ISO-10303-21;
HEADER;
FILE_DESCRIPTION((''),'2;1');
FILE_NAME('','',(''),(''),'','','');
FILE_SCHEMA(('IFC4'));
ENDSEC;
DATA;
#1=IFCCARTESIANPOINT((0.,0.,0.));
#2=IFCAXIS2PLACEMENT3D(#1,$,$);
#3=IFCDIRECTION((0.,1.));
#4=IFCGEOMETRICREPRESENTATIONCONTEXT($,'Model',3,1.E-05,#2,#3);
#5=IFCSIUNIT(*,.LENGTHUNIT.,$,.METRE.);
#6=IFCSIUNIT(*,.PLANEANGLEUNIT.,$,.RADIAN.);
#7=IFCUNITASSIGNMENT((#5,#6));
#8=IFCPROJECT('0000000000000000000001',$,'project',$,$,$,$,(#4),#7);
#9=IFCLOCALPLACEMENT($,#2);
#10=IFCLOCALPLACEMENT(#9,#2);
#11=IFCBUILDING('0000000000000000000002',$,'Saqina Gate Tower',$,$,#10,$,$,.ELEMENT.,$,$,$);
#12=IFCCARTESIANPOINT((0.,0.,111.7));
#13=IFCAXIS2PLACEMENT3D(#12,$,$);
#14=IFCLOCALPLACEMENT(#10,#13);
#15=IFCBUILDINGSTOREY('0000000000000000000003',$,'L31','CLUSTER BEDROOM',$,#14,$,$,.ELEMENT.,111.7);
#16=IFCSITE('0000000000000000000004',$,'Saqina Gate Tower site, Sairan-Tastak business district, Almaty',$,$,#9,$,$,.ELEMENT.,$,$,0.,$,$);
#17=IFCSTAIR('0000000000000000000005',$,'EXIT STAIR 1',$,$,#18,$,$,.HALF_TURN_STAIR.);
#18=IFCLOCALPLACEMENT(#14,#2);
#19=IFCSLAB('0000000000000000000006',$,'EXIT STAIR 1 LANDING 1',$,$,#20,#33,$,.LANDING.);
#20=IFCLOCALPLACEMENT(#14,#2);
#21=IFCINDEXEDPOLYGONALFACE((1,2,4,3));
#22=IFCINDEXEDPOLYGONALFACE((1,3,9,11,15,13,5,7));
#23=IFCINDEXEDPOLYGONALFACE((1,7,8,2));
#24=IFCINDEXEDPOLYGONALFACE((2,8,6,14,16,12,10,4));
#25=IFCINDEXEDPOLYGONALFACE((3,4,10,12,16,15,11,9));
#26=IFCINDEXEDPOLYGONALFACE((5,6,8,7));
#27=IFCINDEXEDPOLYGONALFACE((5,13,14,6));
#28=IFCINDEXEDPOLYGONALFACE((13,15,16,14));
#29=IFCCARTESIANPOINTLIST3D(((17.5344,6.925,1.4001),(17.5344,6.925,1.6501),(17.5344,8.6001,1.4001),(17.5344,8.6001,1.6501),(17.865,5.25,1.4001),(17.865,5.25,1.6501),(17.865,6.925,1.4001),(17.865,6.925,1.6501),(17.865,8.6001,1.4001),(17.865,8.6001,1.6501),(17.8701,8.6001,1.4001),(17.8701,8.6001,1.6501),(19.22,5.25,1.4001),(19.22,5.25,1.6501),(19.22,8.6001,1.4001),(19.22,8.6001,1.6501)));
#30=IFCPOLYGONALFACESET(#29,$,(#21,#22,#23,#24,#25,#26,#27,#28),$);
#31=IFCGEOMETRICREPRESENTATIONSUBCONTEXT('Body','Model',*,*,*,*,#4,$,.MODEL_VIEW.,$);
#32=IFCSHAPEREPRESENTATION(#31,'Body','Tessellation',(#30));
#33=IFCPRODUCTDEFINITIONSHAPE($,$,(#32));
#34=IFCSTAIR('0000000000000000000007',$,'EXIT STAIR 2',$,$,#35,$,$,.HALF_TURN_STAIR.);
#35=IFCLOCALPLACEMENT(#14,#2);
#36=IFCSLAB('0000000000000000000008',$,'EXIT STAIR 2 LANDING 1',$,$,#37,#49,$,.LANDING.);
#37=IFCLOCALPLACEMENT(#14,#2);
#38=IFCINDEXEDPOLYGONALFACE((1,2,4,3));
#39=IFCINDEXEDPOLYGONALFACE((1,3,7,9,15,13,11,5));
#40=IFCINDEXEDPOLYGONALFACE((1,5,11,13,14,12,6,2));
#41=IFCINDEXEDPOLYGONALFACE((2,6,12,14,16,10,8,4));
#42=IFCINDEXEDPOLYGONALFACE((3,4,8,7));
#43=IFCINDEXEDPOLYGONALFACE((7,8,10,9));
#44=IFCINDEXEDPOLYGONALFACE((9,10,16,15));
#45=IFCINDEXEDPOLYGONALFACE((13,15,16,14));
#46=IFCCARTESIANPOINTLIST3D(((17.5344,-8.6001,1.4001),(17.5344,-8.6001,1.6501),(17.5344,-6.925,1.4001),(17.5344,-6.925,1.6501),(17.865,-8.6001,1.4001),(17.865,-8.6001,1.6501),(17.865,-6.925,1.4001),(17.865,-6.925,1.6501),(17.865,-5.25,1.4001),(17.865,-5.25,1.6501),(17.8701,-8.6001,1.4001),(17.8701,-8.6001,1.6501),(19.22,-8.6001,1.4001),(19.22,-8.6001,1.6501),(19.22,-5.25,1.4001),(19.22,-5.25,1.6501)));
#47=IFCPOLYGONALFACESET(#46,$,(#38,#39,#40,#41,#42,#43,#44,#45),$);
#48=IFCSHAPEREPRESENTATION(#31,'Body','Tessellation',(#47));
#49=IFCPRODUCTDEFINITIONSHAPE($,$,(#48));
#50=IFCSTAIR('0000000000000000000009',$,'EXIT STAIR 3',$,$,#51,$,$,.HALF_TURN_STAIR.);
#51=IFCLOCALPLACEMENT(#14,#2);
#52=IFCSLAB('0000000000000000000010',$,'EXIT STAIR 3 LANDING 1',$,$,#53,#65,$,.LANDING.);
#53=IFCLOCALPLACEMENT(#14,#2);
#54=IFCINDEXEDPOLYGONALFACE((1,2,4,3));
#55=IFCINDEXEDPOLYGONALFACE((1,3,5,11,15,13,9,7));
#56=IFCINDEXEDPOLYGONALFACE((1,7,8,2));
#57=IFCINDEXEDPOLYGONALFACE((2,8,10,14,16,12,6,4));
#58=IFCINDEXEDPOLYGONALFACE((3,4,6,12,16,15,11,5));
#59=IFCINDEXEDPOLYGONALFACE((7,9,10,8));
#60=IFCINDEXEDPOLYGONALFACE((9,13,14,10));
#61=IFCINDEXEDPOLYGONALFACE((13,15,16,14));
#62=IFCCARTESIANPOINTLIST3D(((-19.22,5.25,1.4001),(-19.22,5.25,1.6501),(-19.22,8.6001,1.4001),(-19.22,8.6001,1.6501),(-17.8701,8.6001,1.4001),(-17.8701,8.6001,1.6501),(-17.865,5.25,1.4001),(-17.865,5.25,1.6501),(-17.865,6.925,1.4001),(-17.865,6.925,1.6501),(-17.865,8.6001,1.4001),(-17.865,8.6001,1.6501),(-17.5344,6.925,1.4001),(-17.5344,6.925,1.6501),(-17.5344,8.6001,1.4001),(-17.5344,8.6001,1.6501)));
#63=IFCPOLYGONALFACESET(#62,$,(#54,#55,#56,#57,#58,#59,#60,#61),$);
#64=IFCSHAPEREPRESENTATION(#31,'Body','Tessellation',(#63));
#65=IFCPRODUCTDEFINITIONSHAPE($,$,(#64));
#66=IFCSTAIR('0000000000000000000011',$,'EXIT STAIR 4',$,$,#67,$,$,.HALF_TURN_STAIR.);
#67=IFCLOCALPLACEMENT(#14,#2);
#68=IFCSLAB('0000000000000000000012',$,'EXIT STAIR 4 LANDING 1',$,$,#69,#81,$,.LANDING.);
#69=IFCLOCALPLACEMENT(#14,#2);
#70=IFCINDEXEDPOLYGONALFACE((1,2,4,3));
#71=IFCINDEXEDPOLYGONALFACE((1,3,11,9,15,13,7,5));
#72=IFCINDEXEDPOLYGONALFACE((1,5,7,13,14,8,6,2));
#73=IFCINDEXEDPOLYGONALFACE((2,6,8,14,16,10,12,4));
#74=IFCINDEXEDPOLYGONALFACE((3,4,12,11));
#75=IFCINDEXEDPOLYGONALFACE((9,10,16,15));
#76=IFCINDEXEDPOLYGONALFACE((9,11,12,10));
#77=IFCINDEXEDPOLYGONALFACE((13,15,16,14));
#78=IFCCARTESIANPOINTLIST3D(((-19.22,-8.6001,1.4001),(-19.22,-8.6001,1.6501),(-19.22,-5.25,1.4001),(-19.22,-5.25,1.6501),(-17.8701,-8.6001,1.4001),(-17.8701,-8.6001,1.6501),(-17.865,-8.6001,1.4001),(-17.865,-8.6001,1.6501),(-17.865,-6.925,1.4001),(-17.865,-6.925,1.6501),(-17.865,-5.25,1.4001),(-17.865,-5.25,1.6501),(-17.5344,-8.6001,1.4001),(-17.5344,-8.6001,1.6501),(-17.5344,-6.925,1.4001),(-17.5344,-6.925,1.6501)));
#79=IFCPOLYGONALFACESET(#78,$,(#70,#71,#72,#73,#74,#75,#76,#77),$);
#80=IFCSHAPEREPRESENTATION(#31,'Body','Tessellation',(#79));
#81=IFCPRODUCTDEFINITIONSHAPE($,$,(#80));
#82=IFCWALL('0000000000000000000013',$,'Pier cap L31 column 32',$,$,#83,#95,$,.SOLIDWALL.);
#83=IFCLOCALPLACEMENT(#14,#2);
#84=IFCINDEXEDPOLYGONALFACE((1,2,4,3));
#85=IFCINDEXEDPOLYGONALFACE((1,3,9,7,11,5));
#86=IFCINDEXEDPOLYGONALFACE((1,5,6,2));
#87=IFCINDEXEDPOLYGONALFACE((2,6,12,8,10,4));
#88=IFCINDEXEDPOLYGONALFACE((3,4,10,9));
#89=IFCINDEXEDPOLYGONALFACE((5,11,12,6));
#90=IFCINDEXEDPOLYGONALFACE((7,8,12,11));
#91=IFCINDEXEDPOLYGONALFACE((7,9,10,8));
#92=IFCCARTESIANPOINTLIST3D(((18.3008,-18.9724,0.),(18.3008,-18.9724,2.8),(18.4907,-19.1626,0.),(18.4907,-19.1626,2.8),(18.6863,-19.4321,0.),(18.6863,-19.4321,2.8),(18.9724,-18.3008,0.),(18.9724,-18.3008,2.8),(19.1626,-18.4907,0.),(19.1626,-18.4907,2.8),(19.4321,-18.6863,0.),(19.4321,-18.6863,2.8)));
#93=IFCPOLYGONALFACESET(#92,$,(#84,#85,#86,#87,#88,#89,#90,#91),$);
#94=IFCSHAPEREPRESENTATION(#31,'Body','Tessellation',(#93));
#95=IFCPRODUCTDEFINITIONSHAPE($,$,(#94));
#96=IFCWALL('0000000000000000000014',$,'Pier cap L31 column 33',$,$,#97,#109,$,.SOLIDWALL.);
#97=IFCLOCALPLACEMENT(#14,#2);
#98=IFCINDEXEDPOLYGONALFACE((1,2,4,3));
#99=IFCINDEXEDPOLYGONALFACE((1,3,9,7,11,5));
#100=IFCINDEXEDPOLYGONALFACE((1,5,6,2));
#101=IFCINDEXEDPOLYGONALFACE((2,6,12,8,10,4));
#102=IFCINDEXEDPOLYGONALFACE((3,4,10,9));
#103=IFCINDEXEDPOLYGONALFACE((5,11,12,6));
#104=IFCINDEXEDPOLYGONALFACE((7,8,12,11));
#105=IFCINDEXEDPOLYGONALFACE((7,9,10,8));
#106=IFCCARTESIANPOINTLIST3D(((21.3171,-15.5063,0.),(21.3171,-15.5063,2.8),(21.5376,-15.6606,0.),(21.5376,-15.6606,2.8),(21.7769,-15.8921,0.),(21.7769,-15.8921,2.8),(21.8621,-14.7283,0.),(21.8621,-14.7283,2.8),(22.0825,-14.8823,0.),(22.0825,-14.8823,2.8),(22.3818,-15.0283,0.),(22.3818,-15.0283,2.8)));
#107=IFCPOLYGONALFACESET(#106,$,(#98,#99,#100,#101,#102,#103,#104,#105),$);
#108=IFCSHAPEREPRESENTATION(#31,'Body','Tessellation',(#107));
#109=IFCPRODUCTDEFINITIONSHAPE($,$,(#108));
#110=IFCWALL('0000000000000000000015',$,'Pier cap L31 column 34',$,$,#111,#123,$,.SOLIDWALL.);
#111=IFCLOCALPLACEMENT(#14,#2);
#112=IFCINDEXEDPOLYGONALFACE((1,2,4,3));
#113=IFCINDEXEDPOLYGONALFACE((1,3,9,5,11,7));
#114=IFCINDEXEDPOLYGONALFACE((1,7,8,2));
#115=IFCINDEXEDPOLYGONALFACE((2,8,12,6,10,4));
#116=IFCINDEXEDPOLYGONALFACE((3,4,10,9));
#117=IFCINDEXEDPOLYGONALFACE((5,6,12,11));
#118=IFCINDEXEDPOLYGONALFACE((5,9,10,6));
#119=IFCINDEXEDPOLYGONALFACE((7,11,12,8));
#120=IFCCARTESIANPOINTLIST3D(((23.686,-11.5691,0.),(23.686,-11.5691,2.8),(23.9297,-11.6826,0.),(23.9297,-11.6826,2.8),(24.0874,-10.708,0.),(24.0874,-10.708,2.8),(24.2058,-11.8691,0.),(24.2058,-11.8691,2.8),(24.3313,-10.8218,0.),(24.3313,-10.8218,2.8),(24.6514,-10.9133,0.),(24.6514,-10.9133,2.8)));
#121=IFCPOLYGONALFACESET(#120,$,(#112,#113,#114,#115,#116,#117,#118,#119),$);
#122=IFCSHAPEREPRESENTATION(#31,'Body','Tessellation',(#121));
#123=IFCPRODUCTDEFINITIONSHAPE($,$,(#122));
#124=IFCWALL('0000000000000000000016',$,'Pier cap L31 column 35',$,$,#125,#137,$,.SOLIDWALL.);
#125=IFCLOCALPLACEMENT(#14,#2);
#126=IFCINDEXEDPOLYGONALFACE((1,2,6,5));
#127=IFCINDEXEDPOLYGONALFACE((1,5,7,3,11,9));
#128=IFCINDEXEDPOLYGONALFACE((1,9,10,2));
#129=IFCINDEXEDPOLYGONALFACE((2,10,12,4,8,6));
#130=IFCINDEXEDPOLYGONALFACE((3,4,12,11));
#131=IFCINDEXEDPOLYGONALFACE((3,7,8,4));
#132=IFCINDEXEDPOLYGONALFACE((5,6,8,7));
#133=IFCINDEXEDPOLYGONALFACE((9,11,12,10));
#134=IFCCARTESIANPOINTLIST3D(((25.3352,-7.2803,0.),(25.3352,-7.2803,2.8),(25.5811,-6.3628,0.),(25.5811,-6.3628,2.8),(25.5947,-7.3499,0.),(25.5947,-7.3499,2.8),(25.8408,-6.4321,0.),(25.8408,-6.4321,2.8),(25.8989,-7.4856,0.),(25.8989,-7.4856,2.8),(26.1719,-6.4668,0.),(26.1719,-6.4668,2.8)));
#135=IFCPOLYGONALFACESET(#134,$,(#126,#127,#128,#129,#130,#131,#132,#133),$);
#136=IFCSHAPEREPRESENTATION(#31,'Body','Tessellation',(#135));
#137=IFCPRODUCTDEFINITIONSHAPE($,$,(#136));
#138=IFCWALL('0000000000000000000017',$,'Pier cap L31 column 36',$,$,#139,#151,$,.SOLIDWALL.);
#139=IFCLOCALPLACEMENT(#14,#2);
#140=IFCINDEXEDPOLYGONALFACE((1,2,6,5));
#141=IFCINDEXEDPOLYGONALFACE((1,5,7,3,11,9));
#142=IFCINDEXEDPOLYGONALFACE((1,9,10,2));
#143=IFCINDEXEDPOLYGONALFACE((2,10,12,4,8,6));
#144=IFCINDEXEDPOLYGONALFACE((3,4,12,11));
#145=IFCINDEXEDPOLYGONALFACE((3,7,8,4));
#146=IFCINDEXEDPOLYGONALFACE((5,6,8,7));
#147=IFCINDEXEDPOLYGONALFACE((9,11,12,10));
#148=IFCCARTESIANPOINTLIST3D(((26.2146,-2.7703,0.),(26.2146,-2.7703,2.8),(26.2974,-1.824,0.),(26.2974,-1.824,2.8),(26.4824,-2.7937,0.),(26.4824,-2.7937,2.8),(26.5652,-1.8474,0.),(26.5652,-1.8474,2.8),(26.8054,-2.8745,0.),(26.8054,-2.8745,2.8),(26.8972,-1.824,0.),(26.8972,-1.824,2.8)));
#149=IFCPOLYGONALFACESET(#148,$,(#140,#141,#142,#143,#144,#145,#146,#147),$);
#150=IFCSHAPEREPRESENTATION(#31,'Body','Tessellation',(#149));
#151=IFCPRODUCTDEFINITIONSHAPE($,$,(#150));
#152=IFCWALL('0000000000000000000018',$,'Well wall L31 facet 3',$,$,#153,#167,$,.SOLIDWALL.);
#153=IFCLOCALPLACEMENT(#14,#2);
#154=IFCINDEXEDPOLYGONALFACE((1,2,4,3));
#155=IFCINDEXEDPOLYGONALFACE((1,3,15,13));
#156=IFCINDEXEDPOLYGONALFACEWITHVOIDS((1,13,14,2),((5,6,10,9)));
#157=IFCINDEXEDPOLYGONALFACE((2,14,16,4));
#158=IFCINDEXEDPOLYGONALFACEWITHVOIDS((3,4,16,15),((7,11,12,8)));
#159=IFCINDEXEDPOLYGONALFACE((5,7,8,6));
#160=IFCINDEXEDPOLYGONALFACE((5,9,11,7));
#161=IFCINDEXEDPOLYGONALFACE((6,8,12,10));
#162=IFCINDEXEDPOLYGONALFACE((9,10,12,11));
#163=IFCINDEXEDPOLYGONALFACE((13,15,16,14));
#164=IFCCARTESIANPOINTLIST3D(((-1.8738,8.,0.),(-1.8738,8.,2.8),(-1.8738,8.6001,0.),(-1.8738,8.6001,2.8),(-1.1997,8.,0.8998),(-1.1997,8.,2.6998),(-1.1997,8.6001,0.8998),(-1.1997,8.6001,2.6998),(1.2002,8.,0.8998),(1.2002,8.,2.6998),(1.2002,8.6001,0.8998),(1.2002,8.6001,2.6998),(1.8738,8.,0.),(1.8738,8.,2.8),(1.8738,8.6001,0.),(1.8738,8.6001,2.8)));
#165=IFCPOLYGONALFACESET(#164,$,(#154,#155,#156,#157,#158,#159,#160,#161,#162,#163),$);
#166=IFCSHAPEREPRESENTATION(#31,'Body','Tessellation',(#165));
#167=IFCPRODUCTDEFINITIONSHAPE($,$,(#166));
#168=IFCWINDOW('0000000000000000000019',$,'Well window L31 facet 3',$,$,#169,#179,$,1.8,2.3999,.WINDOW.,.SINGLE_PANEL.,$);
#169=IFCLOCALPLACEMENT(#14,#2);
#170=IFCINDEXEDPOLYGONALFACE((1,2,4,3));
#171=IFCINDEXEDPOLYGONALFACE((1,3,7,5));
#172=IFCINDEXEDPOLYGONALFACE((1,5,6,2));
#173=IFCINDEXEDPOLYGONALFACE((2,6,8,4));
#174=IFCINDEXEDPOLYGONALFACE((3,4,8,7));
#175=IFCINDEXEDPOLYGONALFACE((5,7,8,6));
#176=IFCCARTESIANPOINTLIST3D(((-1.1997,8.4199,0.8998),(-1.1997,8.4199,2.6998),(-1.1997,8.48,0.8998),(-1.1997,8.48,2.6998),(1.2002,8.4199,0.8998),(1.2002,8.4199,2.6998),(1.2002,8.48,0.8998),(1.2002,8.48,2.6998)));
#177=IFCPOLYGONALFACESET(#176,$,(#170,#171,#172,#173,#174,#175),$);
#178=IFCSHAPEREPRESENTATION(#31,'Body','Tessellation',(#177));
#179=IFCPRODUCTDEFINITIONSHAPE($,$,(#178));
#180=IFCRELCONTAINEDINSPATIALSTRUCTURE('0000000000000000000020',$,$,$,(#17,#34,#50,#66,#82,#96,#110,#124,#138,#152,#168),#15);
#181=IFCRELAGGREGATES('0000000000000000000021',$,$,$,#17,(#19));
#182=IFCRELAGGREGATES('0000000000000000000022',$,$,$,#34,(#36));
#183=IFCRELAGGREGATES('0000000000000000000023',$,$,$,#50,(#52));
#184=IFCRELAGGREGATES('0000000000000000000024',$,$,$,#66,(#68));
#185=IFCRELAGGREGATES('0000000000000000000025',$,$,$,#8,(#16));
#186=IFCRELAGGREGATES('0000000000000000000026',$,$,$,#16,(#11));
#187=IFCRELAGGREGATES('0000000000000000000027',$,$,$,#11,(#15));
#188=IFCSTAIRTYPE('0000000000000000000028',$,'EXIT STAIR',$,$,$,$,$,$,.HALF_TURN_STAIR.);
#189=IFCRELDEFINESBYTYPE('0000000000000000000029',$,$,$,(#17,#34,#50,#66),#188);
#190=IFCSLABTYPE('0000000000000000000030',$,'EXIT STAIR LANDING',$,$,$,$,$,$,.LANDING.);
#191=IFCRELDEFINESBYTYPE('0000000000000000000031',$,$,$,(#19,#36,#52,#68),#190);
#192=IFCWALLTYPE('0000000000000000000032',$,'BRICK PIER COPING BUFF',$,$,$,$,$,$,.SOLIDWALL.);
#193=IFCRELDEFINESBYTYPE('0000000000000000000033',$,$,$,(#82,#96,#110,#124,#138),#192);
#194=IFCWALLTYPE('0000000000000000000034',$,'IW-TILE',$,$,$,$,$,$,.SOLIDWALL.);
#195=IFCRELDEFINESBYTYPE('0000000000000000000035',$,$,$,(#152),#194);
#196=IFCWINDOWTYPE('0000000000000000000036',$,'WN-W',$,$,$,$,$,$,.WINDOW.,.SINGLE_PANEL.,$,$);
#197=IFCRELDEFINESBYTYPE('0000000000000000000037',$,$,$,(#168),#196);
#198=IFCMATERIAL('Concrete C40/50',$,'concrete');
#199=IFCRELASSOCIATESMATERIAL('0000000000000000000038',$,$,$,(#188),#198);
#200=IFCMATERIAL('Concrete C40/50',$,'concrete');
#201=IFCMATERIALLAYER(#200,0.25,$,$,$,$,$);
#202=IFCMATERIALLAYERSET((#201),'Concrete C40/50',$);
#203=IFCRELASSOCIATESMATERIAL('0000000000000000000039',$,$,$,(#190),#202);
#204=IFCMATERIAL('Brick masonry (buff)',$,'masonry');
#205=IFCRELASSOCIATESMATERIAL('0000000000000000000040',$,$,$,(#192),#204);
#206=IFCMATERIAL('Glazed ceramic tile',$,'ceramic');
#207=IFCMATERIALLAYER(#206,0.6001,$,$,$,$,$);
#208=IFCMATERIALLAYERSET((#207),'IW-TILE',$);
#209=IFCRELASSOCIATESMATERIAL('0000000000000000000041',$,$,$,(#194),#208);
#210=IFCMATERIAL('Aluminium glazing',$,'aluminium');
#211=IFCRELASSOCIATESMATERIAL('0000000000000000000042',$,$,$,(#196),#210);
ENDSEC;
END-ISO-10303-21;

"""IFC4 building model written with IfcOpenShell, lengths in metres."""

from ifc_helpers import new_model, si_unit, direction, frame, frame_2d, origin, place, context, subcontext, project, spatial, polyline, rectangle, outline, extrude, material, layer, layer_set, type_object, element, fill, aggregate, save


model = new_model("IFC4")

# Units and contexts
model_context = context("Model", 3, precision=1e-05, world=origin(), true_north=direction((0.0, 1.0)))
body_context = subcontext(model_context, "Body", "Model", "MODEL_VIEW")
ifc_project = project(units=[si_unit("LENGTHUNIT", "METRE"), si_unit("PLANEANGLEUNIT", "RADIAN")], contexts=[model_context])

# Site, building, storey
site_placement = place(None, origin())
site = spatial("IfcSite", under=ifc_project, at=site_placement, Name="Saqina Gate Tower site, Sairan-Tastak business district, Almaty", CompositionType="ELEMENT", RefElevation=0.0)
building_placement = place(site_placement, origin())
building = spatial("IfcBuilding", under=site, at=building_placement, Name="Saqina Gate Tower", CompositionType="ELEMENT")
storey_placement = place(building_placement, frame((0.0, 0.0, 111.7)))
storey = spatial("IfcBuildingStorey", under=building, at=storey_placement, Name="L31", Description="CLUSTER BEDROOM", CompositionType="ELEMENT", Elevation=111.7)

# Stairs, slabs
ifc_material_1 = material(Name="Concrete C40/50", Category="concrete")
stair_type = type_object("IfcStairType", Name="EXIT STAIR", PredefinedType="HALF_TURN_STAIR", material=ifc_material_1)
stair_1_placement = place(storey_placement, origin())
stair_1 = element("IfcStair", 1, at=stair_1_placement, inside=storey, type_object=stair_type, Name="EXIT STAIR 1", PredefinedType="HALF_TURN_STAIR")
ifc_material_2 = material(Name="Concrete C40/50", Category="concrete")
ifc_layer_1 = layer(ifc_material_2, 0.25)
ifc_layer_set_1 = layer_set([ifc_layer_1], Name="Concrete C40/50")
slab_type = type_object("IfcSlabType", Name="EXIT STAIR LANDING", PredefinedType="LANDING", material=ifc_layer_set_1)
slab_1_placement = place(storey_placement, frame((0.0, 0.0, 1.4001)))
slab_1 = element("IfcSlab", 2, at=slab_1_placement, type_object=slab_type, Name="EXIT STAIR 1 LANDING 1", PredefinedType="LANDING", context=body_context, shape_type="SweptSolid", body=[
    extrude(outline(polyline([(19.22, 8.6001), (19.22, 5.25), (17.865, 5.25), (17.865, 6.925), (17.5344, 6.925), (17.5344, 8.6001), (17.865, 8.6001), (17.8701, 8.6001), (19.22, 8.6001)])), origin(), (0.0, 0.0, 1.0), 0.25),
])
aggregate(stair_1, [slab_1])
stair_2_placement = place(storey_placement, origin())
stair_2 = element("IfcStair", 3, at=stair_2_placement, inside=storey, type_object=stair_type, Name="EXIT STAIR 2", PredefinedType="HALF_TURN_STAIR")
slab_2_placement = place(storey_placement, frame((0.0, 0.0, 1.4001)))
slab_2 = element("IfcSlab", 4, at=slab_2_placement, type_object=slab_type, Name="EXIT STAIR 2 LANDING 1", PredefinedType="LANDING", context=body_context, shape_type="SweptSolid", body=[
    extrude(outline(polyline([(17.5344, -8.6001), (17.5344, -6.925), (17.865, -6.925), (17.865, -5.25), (19.22, -5.25), (19.22, -8.6001), (17.8701, -8.6001), (17.865, -8.6001), (17.5344, -8.6001)])), origin(), (0.0, 0.0, 1.0), 0.25),
])
aggregate(stair_2, [slab_2])
stair_3_placement = place(storey_placement, origin())
stair_3 = element("IfcStair", 5, at=stair_3_placement, inside=storey, type_object=stair_type, Name="EXIT STAIR 3", PredefinedType="HALF_TURN_STAIR")
slab_3_placement = place(storey_placement, frame((0.0, 0.0, 1.4001)))
slab_3 = element("IfcSlab", 6, at=slab_3_placement, type_object=slab_type, Name="EXIT STAIR 3 LANDING 1", PredefinedType="LANDING", context=body_context, shape_type="SweptSolid", body=[
    extrude(outline(polyline([(-17.865, 5.25), (-19.22, 5.25), (-19.22, 8.6001), (-17.8701, 8.6001), (-17.865, 8.6001), (-17.5344, 8.6001), (-17.5344, 6.925), (-17.865, 6.925), (-17.865, 5.25)])), origin(), (0.0, 0.0, 1.0), 0.25),
])
aggregate(stair_3, [slab_3])
stair_4_placement = place(storey_placement, origin())
stair_4 = element("IfcStair", 7, at=stair_4_placement, inside=storey, type_object=stair_type, Name="EXIT STAIR 4", PredefinedType="HALF_TURN_STAIR")
slab_4_placement = place(storey_placement, frame((0.0, 0.0, 1.4001)))
slab_4 = element("IfcSlab", 8, at=slab_4_placement, type_object=slab_type, Name="EXIT STAIR 4 LANDING 1", PredefinedType="LANDING", context=body_context, shape_type="SweptSolid", body=[
    extrude(outline(polyline([(-17.5344, -6.925), (-17.5344, -8.6001), (-17.865, -8.6001), (-17.8701, -8.6001), (-19.22, -8.6001), (-19.22, -5.25), (-17.865, -5.25), (-17.865, -6.925), (-17.5344, -6.925)])), origin(), (0.0, 0.0, 1.0), 0.25),
])
aggregate(stair_4, [slab_4])

# Walls
ifc_material_3 = material(Name="Brick masonry (buff)", Category="masonry")
wall_type_1 = type_object("IfcWallType", Name="BRICK PIER COPING BUFF", PredefinedType="SOLIDWALL", material=ifc_material_3)
wall_1_placement = place(storey_placement, origin())
element("IfcWall", 9, at=wall_1_placement, inside=storey, type_object=wall_type_1, Name="Pier cap L31 column 32", PredefinedType="SOLIDWALL", context=body_context, shape_type="SweptSolid", body=[
    extrude(outline(polyline([(18.6863, -19.4321), (19.4321, -18.6863), (18.9724, -18.3008), (19.1626, -18.4907), (18.4907, -19.1626), (18.3008, -18.9724), (18.6863, -19.4321)])), origin(), (0.0, 0.0, 1.0), 2.8),
])
wall_2_placement = place(storey_placement, origin())
element("IfcWall", 10, at=wall_2_placement, inside=storey, type_object=wall_type_1, Name="Pier cap L31 column 33", PredefinedType="SOLIDWALL", context=body_context, shape_type="SweptSolid", body=[
    extrude(outline(polyline([(22.3818, -15.0283), (21.8621, -14.7283), (22.0825, -14.8823), (21.5376, -15.6606), (21.3171, -15.5063), (21.7769, -15.8921), (22.3818, -15.0283)])), origin(), (0.0, 0.0, 1.0), 2.8),
])
wall_3_placement = place(storey_placement, origin())
element("IfcWall", 11, at=wall_3_placement, inside=storey, type_object=wall_type_1, Name="Pier cap L31 column 34", PredefinedType="SOLIDWALL", context=body_context, shape_type="SweptSolid", body=[
    extrude(outline(polyline([(24.6514, -10.9133), (24.0874, -10.708), (24.3313, -10.8218), (23.9297, -11.6826), (23.686, -11.5691), (24.2058, -11.8691), (24.6514, -10.9133)])), origin(), (0.0, 0.0, 1.0), 2.8),
])
wall_4_placement = place(storey_placement, origin())
element("IfcWall", 12, at=wall_4_placement, inside=storey, type_object=wall_type_1, Name="Pier cap L31 column 35", PredefinedType="SOLIDWALL", context=body_context, shape_type="SweptSolid", body=[
    extrude(outline(polyline([(25.8989, -7.4856), (26.1719, -6.4668), (25.5811, -6.3628), (25.8408, -6.4321), (25.5947, -7.3499), (25.3352, -7.2803), (25.8989, -7.4856)])), origin(), (0.0, 0.0, 1.0), 2.8),
])
wall_5_placement = place(storey_placement, origin())
element("IfcWall", 13, at=wall_5_placement, inside=storey, type_object=wall_type_1, Name="Pier cap L31 column 36", PredefinedType="SOLIDWALL", context=body_context, shape_type="SweptSolid", body=[
    extrude(outline(polyline([(26.8054, -2.8745), (26.8972, -1.824), (26.2974, -1.824), (26.5652, -1.8474), (26.4824, -2.7937), (26.2146, -2.7703), (26.8054, -2.8745)])), origin(), (0.0, 0.0, 1.0), 2.8),
])

# Wall, opening, window
ifc_material_4 = material(Name="Glazed ceramic tile", Category="ceramic")
ifc_layer_2 = layer(ifc_material_4, 0.6001)
ifc_layer_set_2 = layer_set([ifc_layer_2], Name="IW-TILE")
wall_type_2 = type_object("IfcWallType", Name="IW-TILE", PredefinedType="SOLIDWALL", material=ifc_layer_set_2)
wall_6_placement = place(storey_placement, frame((1.8738, 8.3, 0.0), z_axis=(0.0, 0.0, 1.0), x_axis=(-1.0, 0.0, 0.0)))
wall_6 = element("IfcWall", 14, at=wall_6_placement, inside=storey, type_object=wall_type_2, Name="Well wall L31 facet 3", PredefinedType="SOLIDWALL", context=body_context, shape_type="SweptSolid", body=[
    extrude(rectangle(XDim=3.7476, YDim=0.6001, at=frame_2d((1.8738, 0.0))), origin(), (0.0, 0.0, 1.0), 2.8),
])
opening_placement = place(wall_6_placement, frame((0.6736, 0.0, 0.8999)))
opening = element("IfcOpeningElement", 15, at=opening_placement, cuts=wall_6, PredefinedType="OPENING", context=body_context, shape_type="SweptSolid", body=[
    extrude(rectangle(XDim=2.3999, YDim=1.8, at=frame_2d((1.2, 0.8999))), frame((0.0, 0.312, 0.0), z_axis=(0.0, -1.0, 0.0), x_axis=(1.0, 0.0, 0.0)), (0.0, 0.0, 1.0), 0.624),
])
ifc_material_5 = material(Name="Aluminium glazing", Category="aluminium")
window_type = type_object("IfcWindowType", Name="WN-W", PartitioningType="SINGLE_PANEL", PredefinedType="WINDOW", material=ifc_material_5)
window_placement = place(opening_placement, origin())
window = element("IfcWindow", 16, at=window_placement, inside=storey, type_object=window_type, Name="Well window L31 facet 3", OverallHeight=1.8, OverallWidth=2.3999, PartitioningType="SINGLE_PANEL", PredefinedType="WINDOW", context=body_context, shape_type="SweptSolid", body=[
    extrude(rectangle(XDim=2.3999, YDim=1.8, at=frame_2d((1.2, 0.8999))), frame((0.0, -0.1199, 0.0), z_axis=(0.0, -1.0, 0.0), x_axis=(1.0, 0.0, 0.0)), (0.0, 0.0, 1.0), 0.0601),
])
fill(opening, window)

save(model, "model.ifc")
